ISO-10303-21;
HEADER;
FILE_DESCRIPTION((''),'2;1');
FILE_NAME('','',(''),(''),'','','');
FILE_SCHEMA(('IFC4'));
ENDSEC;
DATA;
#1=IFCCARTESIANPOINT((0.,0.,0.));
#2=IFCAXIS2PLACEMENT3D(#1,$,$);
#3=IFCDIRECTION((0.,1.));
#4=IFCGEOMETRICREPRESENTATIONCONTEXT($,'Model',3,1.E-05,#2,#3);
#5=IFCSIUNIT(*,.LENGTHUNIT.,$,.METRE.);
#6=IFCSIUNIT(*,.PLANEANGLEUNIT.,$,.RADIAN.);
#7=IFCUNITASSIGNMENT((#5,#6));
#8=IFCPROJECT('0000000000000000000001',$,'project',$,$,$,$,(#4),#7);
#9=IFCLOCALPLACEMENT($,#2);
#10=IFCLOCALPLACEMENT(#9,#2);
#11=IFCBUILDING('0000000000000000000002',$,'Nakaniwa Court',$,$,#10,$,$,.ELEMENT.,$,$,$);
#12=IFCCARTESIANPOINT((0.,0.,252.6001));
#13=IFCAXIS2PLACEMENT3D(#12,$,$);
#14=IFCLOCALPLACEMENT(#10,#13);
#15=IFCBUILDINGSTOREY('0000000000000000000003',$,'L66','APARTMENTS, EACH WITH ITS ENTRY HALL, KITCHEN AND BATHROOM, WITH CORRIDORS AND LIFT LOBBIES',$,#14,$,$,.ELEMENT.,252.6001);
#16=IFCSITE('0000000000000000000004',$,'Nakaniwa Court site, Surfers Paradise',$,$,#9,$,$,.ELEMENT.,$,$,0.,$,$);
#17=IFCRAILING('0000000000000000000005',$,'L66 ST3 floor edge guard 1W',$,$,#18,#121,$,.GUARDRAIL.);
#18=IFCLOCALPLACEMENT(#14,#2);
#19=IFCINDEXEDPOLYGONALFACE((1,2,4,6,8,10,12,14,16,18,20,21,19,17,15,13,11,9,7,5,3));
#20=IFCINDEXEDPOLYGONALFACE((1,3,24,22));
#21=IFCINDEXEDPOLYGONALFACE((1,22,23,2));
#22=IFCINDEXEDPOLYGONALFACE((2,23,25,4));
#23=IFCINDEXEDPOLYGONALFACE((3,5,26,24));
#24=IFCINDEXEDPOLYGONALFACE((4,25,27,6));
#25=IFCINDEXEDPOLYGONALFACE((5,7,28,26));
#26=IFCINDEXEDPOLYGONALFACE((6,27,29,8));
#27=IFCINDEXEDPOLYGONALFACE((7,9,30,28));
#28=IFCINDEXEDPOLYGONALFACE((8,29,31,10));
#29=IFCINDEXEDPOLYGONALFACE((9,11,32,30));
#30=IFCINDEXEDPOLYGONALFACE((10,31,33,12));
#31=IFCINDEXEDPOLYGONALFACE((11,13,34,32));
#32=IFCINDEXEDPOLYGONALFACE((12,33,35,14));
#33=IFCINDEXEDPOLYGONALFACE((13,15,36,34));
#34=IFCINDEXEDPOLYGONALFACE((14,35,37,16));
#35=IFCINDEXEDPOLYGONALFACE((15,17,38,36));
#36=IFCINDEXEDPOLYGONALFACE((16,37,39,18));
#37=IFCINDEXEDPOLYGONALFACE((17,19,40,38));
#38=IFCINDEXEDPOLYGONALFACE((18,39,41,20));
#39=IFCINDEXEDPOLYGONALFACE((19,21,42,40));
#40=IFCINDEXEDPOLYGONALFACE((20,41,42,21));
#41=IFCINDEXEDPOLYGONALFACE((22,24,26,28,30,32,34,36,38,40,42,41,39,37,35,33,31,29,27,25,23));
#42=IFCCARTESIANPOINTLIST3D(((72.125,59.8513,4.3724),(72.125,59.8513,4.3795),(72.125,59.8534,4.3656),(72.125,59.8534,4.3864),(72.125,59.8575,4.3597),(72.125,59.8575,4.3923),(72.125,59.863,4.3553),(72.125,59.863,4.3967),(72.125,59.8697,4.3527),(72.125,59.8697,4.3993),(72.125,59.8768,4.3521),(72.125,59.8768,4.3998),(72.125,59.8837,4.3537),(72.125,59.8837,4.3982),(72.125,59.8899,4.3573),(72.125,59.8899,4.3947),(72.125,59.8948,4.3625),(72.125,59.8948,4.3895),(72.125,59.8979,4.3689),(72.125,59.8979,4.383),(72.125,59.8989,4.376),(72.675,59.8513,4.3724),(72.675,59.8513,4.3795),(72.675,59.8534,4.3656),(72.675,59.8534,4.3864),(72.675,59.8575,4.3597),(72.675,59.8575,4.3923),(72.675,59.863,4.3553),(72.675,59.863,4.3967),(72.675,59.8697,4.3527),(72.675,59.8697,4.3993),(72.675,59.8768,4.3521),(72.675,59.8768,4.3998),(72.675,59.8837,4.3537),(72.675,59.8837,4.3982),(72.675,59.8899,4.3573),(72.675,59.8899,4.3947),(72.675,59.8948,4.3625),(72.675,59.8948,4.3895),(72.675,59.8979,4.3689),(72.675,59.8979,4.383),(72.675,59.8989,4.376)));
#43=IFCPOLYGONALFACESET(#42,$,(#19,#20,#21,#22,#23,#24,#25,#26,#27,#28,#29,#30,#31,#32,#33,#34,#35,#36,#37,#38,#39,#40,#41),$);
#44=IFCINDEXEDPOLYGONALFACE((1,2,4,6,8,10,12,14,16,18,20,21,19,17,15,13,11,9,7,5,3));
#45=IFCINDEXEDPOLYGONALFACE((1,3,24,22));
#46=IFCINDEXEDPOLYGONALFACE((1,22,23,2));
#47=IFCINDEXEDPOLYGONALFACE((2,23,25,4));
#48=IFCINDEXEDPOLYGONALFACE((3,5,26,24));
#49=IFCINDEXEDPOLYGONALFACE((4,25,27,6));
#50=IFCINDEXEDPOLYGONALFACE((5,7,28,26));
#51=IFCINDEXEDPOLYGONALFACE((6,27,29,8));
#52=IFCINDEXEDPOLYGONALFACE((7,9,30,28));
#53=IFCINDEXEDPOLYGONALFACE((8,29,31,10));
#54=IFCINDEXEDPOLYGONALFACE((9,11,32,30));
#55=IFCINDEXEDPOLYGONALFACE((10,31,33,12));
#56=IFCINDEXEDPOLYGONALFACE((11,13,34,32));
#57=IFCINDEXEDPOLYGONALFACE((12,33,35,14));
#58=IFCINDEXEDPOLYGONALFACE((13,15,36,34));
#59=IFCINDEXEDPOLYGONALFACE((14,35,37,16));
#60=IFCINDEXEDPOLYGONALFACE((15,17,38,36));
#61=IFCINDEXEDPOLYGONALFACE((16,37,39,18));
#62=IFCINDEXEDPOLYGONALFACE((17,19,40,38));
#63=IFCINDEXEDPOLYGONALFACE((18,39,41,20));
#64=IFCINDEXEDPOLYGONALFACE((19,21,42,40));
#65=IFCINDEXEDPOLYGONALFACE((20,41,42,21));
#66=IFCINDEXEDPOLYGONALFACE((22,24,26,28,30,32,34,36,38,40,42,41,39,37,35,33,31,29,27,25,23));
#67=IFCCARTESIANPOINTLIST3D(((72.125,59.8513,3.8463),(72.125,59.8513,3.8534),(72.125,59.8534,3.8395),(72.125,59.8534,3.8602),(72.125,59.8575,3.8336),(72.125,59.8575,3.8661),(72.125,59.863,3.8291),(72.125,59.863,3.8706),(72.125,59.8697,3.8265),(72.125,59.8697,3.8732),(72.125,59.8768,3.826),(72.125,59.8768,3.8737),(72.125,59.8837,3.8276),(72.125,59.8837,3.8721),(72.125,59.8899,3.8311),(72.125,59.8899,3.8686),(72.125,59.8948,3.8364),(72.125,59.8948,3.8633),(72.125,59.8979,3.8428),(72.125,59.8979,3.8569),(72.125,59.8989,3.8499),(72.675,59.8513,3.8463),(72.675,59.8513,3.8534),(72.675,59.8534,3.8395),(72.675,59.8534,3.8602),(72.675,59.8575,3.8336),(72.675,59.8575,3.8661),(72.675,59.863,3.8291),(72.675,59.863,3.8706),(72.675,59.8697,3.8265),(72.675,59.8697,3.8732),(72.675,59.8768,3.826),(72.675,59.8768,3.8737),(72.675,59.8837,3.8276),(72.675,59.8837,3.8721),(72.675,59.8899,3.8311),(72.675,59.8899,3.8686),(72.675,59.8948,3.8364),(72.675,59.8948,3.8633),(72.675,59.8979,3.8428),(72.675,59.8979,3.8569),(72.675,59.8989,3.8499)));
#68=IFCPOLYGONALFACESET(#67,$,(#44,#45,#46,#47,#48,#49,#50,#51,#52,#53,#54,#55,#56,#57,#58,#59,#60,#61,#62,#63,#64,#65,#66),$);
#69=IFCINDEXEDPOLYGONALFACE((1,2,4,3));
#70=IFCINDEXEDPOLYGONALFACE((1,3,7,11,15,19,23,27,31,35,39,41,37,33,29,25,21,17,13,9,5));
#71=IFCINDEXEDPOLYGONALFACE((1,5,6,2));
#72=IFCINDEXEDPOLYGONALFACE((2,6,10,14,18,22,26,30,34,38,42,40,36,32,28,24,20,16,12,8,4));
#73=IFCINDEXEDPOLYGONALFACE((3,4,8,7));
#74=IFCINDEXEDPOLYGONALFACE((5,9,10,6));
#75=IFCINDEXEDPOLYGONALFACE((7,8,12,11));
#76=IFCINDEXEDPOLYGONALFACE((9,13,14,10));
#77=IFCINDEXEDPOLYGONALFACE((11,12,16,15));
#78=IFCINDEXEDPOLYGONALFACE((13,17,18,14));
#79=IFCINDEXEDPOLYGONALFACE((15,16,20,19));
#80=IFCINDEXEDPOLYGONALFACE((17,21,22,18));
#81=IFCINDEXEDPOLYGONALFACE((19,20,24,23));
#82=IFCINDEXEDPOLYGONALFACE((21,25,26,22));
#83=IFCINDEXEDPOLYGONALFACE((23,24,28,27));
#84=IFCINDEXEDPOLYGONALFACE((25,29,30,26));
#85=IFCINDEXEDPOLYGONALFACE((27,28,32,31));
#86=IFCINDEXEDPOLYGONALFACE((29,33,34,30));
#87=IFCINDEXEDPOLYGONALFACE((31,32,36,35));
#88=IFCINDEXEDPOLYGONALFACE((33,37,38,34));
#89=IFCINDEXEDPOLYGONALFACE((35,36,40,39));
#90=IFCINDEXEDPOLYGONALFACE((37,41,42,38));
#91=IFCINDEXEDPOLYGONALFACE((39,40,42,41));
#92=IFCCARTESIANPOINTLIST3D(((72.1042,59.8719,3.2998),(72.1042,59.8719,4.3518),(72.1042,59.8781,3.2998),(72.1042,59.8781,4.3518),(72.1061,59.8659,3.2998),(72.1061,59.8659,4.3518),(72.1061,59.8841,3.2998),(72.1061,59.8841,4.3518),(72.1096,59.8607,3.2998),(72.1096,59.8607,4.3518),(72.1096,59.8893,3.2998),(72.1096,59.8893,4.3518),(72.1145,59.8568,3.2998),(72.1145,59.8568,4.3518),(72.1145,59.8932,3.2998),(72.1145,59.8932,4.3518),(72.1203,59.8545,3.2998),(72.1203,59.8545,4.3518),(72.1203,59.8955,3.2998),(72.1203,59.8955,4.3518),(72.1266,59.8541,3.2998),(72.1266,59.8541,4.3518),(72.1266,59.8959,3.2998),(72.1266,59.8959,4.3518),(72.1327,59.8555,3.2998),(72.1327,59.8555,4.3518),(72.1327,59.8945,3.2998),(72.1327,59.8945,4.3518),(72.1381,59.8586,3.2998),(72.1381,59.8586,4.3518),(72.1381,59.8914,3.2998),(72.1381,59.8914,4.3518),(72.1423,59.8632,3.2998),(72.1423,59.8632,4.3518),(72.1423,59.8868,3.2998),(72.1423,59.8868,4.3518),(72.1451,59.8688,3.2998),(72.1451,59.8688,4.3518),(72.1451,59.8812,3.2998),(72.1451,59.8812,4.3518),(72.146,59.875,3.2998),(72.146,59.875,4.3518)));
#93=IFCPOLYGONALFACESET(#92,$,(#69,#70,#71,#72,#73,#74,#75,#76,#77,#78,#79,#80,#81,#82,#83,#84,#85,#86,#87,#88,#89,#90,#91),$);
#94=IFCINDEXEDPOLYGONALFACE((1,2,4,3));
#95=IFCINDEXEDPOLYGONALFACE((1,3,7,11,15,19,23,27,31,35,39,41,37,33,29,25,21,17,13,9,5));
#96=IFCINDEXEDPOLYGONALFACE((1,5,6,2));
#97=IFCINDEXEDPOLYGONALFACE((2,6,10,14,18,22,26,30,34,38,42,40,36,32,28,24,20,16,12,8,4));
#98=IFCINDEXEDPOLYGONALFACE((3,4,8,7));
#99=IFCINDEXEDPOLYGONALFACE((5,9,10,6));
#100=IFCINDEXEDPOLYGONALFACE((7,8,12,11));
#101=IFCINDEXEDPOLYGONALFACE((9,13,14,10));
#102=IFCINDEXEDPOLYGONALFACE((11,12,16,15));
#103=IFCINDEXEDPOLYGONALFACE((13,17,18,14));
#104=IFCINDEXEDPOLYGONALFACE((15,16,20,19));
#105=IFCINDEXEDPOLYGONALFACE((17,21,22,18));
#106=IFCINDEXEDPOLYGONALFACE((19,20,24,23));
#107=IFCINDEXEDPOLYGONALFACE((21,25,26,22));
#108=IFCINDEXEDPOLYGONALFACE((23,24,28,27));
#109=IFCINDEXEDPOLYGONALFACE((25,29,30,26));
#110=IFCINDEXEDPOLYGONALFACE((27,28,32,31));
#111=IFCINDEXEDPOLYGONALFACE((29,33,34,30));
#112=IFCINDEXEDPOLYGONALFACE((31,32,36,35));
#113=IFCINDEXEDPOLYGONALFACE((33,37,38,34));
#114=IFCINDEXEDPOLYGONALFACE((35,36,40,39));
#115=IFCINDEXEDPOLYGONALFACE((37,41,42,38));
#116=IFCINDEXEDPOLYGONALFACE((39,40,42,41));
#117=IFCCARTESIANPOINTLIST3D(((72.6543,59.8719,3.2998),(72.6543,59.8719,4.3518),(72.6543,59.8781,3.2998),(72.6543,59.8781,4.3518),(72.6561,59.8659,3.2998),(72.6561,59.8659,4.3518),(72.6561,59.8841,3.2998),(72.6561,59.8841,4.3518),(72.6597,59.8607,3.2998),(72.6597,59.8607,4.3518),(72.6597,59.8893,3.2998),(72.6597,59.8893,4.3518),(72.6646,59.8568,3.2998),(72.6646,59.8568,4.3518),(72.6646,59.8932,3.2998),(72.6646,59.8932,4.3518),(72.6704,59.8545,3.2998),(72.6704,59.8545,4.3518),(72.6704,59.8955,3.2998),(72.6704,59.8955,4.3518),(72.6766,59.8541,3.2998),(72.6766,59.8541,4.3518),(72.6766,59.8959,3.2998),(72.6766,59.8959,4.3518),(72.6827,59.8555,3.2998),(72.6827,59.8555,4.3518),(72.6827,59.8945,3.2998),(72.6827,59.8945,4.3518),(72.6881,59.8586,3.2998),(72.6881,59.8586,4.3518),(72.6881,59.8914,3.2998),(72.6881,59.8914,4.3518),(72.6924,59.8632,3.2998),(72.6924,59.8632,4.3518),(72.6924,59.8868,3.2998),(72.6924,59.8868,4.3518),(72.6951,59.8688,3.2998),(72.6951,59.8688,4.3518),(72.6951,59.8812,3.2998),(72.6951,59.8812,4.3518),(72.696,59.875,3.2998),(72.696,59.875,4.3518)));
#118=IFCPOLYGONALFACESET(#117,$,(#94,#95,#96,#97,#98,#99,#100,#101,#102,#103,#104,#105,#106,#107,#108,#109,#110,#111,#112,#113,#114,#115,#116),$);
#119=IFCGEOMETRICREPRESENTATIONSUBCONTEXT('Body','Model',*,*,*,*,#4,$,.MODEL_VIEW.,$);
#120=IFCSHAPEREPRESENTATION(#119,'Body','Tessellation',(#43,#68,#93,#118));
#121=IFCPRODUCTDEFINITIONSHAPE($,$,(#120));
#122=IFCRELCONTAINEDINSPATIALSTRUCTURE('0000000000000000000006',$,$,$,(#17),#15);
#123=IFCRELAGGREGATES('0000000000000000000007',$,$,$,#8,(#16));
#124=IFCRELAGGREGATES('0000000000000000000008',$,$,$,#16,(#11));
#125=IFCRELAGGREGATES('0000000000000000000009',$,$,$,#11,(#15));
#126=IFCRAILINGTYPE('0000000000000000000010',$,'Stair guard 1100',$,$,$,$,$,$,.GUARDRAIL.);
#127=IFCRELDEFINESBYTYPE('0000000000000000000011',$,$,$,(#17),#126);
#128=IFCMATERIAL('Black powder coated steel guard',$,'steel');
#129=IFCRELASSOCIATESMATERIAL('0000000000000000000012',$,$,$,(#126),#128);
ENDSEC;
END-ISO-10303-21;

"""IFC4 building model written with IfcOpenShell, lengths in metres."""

from ifc_helpers import new_model, si_unit, direction, frame, origin, origin_2d, place, context, subcontext, project, spatial, circle, extrude, material, type_object, element, save


model = new_model("IFC4")

# Units and contexts
model_context = context("Model", 3, precision=1e-05, world=origin(), true_north=direction((0.0, 1.0)))
body_context = subcontext(model_context, "Body", "Model", "MODEL_VIEW")
ifc_project = project(units=[si_unit("LENGTHUNIT", "METRE"), si_unit("PLANEANGLEUNIT", "RADIAN")], contexts=[model_context])

# Site, building, storey
site_placement = place(None, origin())
site = spatial("IfcSite", under=ifc_project, at=site_placement, Name="Nakaniwa Court site, Surfers Paradise", CompositionType="ELEMENT", RefElevation=0.0)
building_placement = place(site_placement, origin())
building = spatial("IfcBuilding", under=site, at=building_placement, Name="Nakaniwa Court", CompositionType="ELEMENT")
storey_placement = place(building_placement, frame((0.0, 0.0, 252.6001)))
storey = spatial("IfcBuildingStorey", under=building, at=storey_placement, Name="L66", Description="APARTMENTS, EACH WITH ITS ENTRY HALL, KITCHEN AND BATHROOM, WITH CORRIDORS AND LIFT LOBBIES", CompositionType="ELEMENT", Elevation=252.6001)

# Railing
ifc_material_1 = material(Name="Black powder coated steel guard", Category="steel")
railing_type_1 = type_object("IfcRailingType", Name="Stair guard 1100", PredefinedType="GUARDRAIL", material=ifc_material_1)
for number, where, name in (
    (1, (72.125, 59.875, 3.2998), "L66 ST3 floor edge guard 1W"),
):
    element("IfcRailing", number, at=place(storey_placement, frame(where)), inside=storey, type_object=railing_type_1, Name=name, PredefinedType="GUARDRAIL", context=body_context, shape_type="SweptSolid", body=[
        extrude(circle(Radius=0.0239, at=origin_2d()), frame((0.0, 0.0, 1.0762), z_axis=(1.0, 0.0, 0.0), x_axis=(0.0, 1.0, 0.0)), (0.0, 0.0, 1.0), 0.55),
        extrude(circle(Radius=0.0239, at=origin_2d()), frame((0.0, 0.0, 0.55), z_axis=(1.0, 0.0, 0.0), x_axis=(0.0, 1.0, 0.0)), (0.0, 0.0, 1.0), 0.55),
        extrude(circle(Radius=0.021, at=origin_2d()), origin(), (0.0, 0.0, 1.0), 1.052),
        extrude(circle(Radius=0.021, at=origin_2d()), frame((0.55, 0.0, 0.0)), (0.0, 0.0, 1.0), 1.052),
    ])

save(model, "model.ifc")
